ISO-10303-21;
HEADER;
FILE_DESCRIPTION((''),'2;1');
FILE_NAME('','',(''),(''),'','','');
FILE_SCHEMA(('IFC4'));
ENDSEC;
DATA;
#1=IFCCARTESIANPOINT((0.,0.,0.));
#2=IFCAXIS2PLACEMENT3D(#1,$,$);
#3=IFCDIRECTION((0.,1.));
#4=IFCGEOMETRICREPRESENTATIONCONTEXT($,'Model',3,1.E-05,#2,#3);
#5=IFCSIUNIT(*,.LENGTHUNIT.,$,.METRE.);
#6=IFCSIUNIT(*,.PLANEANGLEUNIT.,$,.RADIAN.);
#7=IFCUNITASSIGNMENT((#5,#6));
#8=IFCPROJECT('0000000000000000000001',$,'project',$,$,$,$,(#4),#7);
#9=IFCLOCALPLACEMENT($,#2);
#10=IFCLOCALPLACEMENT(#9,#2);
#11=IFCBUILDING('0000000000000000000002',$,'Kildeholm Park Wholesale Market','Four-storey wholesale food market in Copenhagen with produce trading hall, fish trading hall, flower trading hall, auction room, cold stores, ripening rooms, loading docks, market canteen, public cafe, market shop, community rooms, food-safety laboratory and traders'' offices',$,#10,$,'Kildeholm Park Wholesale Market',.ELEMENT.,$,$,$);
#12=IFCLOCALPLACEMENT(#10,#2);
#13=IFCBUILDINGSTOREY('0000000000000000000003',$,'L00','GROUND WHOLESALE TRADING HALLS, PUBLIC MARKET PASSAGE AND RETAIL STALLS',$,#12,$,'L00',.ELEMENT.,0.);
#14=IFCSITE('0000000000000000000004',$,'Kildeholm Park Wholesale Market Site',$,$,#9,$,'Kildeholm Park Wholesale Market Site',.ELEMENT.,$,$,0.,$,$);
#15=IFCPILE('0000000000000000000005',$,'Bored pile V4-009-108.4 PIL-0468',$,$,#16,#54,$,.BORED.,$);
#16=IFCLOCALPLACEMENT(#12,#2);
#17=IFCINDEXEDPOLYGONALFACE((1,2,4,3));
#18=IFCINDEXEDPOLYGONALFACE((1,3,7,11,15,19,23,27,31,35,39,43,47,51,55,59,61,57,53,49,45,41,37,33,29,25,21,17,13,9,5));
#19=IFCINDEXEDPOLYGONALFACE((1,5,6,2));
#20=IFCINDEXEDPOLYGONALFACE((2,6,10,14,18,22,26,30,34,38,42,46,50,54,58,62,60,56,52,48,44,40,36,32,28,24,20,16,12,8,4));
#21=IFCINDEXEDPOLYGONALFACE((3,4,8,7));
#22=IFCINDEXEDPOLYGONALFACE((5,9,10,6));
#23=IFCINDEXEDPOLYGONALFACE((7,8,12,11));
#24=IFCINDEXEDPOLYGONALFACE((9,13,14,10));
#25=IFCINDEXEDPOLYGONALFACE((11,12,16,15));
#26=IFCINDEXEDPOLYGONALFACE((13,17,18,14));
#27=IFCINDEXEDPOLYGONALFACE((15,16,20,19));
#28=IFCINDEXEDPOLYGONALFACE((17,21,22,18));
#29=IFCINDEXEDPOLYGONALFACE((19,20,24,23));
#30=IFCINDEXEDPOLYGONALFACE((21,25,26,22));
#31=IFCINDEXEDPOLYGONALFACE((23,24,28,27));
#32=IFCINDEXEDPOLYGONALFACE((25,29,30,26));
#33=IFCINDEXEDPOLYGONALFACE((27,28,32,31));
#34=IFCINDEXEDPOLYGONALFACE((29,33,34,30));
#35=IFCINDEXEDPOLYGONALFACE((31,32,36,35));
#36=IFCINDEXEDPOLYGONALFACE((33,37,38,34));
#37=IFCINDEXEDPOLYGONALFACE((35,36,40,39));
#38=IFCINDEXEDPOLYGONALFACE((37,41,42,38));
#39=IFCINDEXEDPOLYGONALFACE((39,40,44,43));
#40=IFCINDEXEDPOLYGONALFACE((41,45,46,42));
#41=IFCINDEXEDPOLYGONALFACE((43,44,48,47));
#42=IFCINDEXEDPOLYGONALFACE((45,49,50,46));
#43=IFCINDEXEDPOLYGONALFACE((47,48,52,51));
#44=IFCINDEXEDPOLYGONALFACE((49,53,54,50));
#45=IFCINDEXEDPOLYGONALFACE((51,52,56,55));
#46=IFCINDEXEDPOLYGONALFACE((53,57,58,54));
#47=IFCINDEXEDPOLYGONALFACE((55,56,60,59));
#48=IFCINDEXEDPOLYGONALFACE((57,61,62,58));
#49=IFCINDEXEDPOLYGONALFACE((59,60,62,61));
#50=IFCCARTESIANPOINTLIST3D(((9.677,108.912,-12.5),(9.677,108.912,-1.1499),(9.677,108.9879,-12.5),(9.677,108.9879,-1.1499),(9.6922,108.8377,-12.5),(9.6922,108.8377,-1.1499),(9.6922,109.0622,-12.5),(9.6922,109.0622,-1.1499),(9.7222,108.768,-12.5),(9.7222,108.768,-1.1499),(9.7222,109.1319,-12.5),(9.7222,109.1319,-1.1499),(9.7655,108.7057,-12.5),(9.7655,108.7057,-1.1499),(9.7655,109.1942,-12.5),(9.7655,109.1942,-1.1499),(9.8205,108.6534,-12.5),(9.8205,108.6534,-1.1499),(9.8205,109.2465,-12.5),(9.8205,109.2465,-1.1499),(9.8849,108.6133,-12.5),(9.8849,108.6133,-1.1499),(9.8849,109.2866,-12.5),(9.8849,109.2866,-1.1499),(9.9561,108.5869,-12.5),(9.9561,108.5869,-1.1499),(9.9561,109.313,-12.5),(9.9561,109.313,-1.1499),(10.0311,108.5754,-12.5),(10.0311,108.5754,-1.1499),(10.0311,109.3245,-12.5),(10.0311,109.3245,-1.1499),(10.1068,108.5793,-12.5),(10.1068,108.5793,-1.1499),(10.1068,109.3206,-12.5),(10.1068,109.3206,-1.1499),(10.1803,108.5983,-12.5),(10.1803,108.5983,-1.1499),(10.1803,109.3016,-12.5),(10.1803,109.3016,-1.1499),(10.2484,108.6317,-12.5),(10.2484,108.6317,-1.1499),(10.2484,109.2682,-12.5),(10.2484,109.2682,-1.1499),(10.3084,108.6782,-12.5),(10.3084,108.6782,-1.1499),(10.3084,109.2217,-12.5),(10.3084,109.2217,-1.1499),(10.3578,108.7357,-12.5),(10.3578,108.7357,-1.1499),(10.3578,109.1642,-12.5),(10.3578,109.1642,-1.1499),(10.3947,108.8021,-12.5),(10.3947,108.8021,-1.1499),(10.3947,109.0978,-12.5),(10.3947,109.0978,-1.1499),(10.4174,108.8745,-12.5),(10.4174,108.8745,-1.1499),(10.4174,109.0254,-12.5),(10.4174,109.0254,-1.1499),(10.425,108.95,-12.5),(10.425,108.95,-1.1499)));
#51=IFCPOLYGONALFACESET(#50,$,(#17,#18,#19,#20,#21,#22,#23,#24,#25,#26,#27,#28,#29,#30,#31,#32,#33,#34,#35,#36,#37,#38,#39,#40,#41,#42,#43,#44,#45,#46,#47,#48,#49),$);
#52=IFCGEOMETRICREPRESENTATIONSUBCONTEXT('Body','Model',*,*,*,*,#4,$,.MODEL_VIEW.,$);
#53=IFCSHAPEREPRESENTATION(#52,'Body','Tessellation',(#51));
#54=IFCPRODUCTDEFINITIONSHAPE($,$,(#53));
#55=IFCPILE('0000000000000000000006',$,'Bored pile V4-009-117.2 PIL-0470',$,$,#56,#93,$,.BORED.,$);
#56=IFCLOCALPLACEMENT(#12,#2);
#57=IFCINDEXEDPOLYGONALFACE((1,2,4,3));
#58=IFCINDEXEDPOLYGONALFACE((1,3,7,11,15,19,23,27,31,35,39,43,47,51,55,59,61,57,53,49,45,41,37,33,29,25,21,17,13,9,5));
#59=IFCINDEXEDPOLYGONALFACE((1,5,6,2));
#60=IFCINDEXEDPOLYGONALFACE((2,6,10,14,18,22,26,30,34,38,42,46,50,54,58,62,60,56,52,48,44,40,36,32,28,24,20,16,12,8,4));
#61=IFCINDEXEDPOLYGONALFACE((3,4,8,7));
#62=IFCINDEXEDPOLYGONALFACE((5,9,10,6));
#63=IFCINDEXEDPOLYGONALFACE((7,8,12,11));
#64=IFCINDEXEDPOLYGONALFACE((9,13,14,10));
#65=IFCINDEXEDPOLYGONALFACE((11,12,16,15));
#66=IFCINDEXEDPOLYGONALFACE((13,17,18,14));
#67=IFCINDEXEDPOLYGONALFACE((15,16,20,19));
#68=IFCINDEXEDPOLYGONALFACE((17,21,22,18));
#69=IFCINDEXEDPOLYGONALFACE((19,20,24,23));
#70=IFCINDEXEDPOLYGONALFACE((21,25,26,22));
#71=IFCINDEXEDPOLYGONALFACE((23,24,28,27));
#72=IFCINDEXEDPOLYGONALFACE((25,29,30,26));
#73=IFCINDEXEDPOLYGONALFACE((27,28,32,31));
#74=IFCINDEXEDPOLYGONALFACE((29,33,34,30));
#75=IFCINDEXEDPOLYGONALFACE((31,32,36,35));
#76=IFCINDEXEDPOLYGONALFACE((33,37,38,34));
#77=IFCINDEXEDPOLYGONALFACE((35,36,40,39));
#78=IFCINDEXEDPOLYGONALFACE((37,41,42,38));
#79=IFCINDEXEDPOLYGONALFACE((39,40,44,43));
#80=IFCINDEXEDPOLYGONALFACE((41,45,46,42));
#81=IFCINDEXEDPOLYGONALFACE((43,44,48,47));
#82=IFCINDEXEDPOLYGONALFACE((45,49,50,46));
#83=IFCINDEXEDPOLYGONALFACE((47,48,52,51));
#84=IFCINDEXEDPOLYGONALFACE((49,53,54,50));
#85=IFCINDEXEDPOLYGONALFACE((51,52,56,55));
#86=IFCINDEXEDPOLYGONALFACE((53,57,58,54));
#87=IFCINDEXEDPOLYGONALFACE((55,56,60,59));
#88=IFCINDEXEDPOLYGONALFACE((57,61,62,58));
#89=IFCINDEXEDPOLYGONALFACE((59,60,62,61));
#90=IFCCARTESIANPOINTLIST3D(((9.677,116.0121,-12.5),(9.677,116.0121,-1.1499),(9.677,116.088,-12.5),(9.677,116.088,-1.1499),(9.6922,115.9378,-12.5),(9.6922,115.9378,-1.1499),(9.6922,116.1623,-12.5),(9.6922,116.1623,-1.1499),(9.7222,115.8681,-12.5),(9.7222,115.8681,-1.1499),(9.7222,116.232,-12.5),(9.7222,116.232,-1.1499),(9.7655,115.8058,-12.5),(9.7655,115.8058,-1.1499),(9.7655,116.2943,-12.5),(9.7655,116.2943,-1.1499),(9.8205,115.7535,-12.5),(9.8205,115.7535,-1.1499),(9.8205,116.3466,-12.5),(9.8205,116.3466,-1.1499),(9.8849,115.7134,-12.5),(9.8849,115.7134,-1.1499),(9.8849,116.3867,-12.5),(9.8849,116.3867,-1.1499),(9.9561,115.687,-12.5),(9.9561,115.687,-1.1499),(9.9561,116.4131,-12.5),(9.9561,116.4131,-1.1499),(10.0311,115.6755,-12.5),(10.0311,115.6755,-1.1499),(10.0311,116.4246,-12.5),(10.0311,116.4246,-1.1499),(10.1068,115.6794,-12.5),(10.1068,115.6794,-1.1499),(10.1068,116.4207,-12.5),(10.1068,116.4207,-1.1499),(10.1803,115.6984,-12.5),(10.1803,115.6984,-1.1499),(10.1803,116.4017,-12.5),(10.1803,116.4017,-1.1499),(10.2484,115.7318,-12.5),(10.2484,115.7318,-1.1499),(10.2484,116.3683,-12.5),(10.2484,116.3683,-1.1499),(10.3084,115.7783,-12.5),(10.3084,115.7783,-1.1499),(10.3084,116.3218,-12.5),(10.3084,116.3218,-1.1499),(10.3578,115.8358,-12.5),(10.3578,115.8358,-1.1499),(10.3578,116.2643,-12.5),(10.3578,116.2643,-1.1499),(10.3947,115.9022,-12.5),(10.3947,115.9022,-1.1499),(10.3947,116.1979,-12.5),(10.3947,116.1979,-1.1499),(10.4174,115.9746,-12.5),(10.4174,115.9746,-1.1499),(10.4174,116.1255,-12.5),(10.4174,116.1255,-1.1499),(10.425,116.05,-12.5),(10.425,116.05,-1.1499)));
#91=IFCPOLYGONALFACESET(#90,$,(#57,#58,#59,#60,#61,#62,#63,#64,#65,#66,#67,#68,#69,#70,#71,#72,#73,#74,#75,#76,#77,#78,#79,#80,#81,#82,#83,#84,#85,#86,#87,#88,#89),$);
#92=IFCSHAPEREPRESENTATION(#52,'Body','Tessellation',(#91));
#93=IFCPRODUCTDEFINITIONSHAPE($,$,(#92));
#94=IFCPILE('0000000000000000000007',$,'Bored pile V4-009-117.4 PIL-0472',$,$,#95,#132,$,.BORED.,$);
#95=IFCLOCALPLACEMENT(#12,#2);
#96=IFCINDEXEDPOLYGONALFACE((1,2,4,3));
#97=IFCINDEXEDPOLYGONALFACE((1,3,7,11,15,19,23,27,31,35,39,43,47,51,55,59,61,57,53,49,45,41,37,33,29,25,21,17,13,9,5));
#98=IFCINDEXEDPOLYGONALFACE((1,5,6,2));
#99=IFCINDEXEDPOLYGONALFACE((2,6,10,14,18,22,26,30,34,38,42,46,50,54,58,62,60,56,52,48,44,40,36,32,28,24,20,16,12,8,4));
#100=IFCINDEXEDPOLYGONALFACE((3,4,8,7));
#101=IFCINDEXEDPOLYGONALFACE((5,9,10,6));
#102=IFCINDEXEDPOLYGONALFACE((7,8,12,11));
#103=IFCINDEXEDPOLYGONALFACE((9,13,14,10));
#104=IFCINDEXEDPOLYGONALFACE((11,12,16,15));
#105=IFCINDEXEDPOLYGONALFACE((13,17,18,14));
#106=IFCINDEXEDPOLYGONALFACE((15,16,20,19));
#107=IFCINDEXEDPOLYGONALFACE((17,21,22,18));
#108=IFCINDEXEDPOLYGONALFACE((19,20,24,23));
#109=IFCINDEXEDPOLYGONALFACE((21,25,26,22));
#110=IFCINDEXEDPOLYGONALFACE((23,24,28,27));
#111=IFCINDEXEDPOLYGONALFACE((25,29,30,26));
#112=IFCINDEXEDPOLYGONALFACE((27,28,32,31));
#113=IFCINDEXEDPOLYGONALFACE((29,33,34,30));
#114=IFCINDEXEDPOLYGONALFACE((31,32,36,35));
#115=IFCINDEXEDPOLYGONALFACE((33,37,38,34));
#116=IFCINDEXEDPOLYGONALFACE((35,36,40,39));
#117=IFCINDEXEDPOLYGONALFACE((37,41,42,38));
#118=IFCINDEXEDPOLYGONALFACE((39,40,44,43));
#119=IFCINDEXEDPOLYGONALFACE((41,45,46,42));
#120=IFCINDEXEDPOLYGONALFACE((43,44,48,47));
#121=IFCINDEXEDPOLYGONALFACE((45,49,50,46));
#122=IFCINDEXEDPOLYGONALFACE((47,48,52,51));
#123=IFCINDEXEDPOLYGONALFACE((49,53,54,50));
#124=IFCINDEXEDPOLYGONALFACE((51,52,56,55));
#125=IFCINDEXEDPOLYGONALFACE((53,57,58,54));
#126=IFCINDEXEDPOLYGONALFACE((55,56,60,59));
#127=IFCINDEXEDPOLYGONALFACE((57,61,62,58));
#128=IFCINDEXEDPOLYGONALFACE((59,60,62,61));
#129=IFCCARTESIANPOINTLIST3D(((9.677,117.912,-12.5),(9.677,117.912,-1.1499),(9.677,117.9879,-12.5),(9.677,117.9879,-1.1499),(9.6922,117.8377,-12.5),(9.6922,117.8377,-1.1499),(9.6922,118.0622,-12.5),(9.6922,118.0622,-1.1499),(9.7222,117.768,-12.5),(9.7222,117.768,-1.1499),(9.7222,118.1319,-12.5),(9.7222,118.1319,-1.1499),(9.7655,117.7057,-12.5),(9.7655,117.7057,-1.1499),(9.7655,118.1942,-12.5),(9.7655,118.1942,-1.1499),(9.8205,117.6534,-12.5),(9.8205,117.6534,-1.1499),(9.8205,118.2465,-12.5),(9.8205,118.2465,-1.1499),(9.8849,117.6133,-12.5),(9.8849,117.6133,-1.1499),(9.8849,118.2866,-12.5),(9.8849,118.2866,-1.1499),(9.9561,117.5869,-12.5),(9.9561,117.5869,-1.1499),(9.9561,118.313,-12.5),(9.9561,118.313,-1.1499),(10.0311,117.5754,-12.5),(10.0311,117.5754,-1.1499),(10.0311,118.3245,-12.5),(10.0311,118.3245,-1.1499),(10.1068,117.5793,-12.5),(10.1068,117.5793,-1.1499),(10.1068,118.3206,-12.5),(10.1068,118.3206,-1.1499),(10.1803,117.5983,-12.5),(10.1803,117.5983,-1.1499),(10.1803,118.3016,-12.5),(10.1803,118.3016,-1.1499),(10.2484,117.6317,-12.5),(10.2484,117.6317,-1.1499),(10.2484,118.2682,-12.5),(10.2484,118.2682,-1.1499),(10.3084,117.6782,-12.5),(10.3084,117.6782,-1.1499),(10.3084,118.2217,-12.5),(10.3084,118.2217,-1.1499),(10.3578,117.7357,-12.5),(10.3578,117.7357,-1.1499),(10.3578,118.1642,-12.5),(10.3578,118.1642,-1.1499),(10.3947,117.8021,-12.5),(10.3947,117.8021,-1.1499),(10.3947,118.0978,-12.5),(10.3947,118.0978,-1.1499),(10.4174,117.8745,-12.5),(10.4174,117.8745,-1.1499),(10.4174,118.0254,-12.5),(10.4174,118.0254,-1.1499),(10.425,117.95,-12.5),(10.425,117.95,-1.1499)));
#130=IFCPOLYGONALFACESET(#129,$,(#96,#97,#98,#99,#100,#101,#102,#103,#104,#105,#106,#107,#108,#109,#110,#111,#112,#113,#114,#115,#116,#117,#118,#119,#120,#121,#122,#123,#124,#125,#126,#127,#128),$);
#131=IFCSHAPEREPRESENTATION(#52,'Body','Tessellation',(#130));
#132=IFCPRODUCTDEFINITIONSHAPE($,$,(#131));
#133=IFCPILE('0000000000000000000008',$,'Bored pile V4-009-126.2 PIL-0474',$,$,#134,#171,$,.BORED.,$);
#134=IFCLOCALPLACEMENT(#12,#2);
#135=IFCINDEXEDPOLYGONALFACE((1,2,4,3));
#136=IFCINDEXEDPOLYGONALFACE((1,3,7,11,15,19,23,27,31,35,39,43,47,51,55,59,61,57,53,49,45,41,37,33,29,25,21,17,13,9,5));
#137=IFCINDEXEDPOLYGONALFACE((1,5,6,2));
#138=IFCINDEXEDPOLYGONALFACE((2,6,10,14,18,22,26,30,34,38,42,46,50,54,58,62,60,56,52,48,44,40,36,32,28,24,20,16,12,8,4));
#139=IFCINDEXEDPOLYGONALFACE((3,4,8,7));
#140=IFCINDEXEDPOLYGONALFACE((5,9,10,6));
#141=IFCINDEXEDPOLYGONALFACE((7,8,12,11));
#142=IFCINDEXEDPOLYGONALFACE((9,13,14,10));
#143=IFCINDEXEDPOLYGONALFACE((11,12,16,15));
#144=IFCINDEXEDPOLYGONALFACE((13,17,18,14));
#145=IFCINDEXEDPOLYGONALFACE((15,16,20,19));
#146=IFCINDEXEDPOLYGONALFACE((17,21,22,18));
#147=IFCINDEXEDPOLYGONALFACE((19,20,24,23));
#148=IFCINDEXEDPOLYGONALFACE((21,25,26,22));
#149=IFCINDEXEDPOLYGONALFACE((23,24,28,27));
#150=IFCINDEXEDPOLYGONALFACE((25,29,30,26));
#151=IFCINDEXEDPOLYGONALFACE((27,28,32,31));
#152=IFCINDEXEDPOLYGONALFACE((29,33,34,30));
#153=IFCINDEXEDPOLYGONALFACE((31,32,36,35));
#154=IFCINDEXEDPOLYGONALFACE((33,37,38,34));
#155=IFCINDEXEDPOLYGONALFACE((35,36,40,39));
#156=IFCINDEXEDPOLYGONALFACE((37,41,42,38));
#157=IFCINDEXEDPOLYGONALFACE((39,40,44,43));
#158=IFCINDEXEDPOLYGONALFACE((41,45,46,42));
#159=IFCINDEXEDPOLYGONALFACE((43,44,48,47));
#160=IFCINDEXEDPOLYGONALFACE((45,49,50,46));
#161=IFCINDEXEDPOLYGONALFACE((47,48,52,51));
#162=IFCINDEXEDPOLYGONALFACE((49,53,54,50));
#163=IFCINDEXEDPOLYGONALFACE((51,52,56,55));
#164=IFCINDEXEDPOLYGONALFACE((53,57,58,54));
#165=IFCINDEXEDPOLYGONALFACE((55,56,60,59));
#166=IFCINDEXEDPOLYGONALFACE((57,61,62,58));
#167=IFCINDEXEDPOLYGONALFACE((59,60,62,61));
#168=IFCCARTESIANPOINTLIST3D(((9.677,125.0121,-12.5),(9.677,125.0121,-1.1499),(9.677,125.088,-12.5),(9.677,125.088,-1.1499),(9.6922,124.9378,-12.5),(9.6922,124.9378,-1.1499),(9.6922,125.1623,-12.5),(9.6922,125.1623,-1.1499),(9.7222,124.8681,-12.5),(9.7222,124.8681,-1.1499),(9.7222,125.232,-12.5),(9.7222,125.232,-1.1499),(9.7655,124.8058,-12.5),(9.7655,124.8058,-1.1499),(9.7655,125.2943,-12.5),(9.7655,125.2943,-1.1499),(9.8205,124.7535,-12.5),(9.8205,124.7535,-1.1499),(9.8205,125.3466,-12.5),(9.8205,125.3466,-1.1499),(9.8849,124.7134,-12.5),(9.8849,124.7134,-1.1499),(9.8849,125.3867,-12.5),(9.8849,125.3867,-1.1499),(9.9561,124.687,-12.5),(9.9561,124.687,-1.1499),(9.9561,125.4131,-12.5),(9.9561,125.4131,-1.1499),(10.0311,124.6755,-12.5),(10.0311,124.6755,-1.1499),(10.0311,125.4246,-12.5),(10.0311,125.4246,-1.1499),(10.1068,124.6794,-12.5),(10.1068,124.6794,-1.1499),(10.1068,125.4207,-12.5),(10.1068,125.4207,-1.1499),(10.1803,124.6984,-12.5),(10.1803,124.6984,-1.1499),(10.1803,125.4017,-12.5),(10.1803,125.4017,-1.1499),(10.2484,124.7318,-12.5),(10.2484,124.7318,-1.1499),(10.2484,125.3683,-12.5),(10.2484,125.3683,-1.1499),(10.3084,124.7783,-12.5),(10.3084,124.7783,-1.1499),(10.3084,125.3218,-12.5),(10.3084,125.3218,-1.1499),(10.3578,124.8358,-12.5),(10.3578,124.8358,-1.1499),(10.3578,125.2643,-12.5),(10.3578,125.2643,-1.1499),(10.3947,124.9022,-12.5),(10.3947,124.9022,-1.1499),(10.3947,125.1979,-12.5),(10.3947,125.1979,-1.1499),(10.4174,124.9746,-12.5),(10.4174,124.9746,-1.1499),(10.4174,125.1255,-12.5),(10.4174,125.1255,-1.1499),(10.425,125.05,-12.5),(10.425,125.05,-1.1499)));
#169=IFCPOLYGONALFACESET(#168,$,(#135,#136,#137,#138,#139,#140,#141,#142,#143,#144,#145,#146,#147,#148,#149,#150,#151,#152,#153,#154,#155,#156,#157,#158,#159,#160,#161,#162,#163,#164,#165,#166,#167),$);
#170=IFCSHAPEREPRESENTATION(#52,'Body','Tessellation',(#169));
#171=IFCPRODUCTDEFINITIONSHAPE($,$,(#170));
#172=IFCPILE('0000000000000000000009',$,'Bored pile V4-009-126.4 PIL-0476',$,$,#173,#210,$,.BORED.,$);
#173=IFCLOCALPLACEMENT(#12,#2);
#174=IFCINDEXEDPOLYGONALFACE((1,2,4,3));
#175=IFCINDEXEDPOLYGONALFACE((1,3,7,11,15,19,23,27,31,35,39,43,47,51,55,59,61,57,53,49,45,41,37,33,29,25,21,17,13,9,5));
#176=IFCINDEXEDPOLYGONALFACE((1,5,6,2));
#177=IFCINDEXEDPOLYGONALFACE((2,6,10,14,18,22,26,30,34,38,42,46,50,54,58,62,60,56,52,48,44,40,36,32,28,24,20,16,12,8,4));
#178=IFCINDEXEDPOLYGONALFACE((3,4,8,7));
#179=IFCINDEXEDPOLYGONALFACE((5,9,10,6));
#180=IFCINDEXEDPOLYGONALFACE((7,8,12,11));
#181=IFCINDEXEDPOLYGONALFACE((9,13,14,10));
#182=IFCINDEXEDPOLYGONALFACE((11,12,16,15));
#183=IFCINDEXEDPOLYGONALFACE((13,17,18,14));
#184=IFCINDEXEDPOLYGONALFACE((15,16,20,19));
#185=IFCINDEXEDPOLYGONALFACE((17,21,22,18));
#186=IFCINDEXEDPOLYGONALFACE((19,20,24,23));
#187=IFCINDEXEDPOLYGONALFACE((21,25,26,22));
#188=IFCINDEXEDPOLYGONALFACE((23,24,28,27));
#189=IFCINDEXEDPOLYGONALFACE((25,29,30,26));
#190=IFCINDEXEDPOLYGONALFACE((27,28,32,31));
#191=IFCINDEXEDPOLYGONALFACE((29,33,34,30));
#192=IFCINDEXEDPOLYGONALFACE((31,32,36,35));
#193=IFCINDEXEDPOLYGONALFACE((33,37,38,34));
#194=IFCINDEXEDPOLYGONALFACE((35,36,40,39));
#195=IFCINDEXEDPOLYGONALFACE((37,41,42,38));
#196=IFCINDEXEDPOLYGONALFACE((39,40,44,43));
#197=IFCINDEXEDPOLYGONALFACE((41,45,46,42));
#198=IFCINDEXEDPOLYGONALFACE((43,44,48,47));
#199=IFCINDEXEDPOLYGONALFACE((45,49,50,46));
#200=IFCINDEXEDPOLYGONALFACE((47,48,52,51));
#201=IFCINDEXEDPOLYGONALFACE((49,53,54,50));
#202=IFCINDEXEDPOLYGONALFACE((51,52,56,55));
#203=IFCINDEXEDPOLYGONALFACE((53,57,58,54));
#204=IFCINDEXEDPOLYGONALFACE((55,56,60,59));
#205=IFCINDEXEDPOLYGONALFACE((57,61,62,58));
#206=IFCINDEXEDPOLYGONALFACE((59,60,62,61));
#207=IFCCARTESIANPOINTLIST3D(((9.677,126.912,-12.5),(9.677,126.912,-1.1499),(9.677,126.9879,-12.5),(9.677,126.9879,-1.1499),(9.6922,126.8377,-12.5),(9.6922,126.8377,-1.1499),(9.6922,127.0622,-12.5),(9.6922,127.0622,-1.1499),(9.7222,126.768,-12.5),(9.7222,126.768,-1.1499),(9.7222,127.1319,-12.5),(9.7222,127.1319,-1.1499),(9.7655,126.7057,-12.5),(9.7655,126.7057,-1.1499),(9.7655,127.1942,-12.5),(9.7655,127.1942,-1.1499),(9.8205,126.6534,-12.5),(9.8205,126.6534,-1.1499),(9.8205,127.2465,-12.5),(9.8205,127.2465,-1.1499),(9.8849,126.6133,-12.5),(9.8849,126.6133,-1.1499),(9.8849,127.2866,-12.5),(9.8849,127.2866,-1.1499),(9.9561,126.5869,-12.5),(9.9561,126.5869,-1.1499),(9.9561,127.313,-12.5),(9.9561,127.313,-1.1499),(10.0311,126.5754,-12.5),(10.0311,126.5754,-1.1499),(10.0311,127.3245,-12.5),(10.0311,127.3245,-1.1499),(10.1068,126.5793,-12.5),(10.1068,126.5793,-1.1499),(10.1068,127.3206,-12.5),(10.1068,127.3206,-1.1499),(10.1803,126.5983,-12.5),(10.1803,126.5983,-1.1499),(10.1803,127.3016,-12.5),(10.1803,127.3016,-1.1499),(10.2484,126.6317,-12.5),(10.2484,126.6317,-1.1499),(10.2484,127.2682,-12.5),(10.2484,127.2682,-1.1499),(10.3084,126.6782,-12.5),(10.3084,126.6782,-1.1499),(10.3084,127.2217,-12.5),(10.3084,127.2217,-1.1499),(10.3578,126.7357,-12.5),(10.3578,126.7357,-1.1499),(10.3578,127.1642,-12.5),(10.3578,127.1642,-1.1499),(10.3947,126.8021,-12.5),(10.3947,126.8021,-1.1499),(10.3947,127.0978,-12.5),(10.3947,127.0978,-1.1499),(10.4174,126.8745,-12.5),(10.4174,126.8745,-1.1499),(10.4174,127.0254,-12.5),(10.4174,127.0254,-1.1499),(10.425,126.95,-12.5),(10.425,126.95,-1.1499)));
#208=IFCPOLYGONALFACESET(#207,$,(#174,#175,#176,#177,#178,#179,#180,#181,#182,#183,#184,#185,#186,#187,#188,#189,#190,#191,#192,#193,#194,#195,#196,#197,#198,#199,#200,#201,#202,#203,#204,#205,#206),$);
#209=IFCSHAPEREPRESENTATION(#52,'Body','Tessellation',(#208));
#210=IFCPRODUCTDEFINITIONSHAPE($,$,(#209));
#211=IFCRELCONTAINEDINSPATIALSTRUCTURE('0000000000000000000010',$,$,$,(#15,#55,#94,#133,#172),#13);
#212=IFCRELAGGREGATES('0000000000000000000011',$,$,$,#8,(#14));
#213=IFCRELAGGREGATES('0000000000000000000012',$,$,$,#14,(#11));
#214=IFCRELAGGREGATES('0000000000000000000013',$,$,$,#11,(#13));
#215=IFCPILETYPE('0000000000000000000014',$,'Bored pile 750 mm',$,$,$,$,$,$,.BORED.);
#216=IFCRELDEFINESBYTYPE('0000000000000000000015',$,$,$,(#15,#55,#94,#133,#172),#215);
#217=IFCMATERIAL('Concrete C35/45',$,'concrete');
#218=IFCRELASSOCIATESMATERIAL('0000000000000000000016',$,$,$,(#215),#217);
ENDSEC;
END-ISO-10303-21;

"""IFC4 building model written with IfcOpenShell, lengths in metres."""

from ifc_helpers import new_model, si_unit, direction, frame, origin, origin_2d, place, context, subcontext, project, spatial, circle, extrude, material, material_profile, profile_set, type_object, element, save


model = new_model("IFC4")

# Units and contexts
model_context = context("Model", 3, precision=1e-05, world=origin(), true_north=direction((0.0, 1.0)))
body_context = subcontext(model_context, "Body", "Model", "MODEL_VIEW")
ifc_project = project(units=[si_unit("LENGTHUNIT", "METRE"), si_unit("PLANEANGLEUNIT", "RADIAN")], contexts=[model_context])

# Site, building, storey
site_placement = place(None, origin())
site = spatial("IfcSite", under=ifc_project, at=site_placement, Name="Kildeholm Park Wholesale Market Site", LongName="Kildeholm Park Wholesale Market Site", CompositionType="ELEMENT", RefElevation=0.0)
building_placement = place(site_placement, origin())
building = spatial("IfcBuilding", under=site, at=building_placement, Name="Kildeholm Park Wholesale Market", Description="Four-storey wholesale food market in Copenhagen with produce trading hall, fish trading hall, flower trading hall, auction room, cold stores, ripening rooms, loading docks, market canteen, public cafe, market shop, community rooms, food-safety laboratory and traders' offices", LongName="Kildeholm Park Wholesale Market", CompositionType="ELEMENT")
storey_placement = place(building_placement, origin())
storey = spatial("IfcBuildingStorey", under=building, at=storey_placement, Name="L00", Description="GROUND WHOLESALE TRADING HALLS, PUBLIC MARKET PASSAGE AND RETAIL STALLS", LongName="L00", CompositionType="ELEMENT", Elevation=0.0)

# Piles
ifc_material_1 = material(Name="Concrete C35/45", Category="concrete")
ifc_material_profile_1 = material_profile(ifc_material_1, circle(Radius=0.375, at=origin_2d()), Name="PILE D750")
ifc_profile_set_1 = profile_set([ifc_material_profile_1], Name="Concrete C35/45")
pile_type = type_object("IfcPileType", Name="Bored pile 750 mm", PredefinedType="BORED", material=ifc_profile_set_1)
for number, where, z_axis, x_axis, name in (
    (1, (10.05, 108.95, -1.1499), (0.0, 0.0, -1.0), (1.0, 0.0, 0.0), "Bored pile V4-009-108.4 PIL-0468"),
    (2, (10.05, 116.05, -1.1499), (0.0, 0.0, -1.0), (1.0, 0.0, 0.0), "Bored pile V4-009-117.2 PIL-0470"),
    (3, (10.05, 117.95, -1.1499), (0.0, 0.0, -1.0), (1.0, 0.0, 0.0), "Bored pile V4-009-117.4 PIL-0472"),
    (4, (10.05, 125.05, -1.1499), (0.0, 0.0, -1.0), (1.0, 0.0, 0.0), "Bored pile V4-009-126.2 PIL-0474"),
    (5, (10.05, 126.95, -1.1499), (0.0, 0.0, -1.0), (1.0, 0.0, 0.0), "Bored pile V4-009-126.4 PIL-0476"),
):
    element("IfcPile", number, at=place(storey_placement, frame(where, z_axis=z_axis, x_axis=x_axis)), inside=storey, type_object=pile_type, Name=name, PredefinedType="BORED", context=body_context, shape_type="SweptSolid", body=[
        extrude(circle(Radius=0.375, at=origin_2d()), origin(), (0.0, 0.0, 1.0), 11.3501),
    ])

save(model, "model.ifc")
